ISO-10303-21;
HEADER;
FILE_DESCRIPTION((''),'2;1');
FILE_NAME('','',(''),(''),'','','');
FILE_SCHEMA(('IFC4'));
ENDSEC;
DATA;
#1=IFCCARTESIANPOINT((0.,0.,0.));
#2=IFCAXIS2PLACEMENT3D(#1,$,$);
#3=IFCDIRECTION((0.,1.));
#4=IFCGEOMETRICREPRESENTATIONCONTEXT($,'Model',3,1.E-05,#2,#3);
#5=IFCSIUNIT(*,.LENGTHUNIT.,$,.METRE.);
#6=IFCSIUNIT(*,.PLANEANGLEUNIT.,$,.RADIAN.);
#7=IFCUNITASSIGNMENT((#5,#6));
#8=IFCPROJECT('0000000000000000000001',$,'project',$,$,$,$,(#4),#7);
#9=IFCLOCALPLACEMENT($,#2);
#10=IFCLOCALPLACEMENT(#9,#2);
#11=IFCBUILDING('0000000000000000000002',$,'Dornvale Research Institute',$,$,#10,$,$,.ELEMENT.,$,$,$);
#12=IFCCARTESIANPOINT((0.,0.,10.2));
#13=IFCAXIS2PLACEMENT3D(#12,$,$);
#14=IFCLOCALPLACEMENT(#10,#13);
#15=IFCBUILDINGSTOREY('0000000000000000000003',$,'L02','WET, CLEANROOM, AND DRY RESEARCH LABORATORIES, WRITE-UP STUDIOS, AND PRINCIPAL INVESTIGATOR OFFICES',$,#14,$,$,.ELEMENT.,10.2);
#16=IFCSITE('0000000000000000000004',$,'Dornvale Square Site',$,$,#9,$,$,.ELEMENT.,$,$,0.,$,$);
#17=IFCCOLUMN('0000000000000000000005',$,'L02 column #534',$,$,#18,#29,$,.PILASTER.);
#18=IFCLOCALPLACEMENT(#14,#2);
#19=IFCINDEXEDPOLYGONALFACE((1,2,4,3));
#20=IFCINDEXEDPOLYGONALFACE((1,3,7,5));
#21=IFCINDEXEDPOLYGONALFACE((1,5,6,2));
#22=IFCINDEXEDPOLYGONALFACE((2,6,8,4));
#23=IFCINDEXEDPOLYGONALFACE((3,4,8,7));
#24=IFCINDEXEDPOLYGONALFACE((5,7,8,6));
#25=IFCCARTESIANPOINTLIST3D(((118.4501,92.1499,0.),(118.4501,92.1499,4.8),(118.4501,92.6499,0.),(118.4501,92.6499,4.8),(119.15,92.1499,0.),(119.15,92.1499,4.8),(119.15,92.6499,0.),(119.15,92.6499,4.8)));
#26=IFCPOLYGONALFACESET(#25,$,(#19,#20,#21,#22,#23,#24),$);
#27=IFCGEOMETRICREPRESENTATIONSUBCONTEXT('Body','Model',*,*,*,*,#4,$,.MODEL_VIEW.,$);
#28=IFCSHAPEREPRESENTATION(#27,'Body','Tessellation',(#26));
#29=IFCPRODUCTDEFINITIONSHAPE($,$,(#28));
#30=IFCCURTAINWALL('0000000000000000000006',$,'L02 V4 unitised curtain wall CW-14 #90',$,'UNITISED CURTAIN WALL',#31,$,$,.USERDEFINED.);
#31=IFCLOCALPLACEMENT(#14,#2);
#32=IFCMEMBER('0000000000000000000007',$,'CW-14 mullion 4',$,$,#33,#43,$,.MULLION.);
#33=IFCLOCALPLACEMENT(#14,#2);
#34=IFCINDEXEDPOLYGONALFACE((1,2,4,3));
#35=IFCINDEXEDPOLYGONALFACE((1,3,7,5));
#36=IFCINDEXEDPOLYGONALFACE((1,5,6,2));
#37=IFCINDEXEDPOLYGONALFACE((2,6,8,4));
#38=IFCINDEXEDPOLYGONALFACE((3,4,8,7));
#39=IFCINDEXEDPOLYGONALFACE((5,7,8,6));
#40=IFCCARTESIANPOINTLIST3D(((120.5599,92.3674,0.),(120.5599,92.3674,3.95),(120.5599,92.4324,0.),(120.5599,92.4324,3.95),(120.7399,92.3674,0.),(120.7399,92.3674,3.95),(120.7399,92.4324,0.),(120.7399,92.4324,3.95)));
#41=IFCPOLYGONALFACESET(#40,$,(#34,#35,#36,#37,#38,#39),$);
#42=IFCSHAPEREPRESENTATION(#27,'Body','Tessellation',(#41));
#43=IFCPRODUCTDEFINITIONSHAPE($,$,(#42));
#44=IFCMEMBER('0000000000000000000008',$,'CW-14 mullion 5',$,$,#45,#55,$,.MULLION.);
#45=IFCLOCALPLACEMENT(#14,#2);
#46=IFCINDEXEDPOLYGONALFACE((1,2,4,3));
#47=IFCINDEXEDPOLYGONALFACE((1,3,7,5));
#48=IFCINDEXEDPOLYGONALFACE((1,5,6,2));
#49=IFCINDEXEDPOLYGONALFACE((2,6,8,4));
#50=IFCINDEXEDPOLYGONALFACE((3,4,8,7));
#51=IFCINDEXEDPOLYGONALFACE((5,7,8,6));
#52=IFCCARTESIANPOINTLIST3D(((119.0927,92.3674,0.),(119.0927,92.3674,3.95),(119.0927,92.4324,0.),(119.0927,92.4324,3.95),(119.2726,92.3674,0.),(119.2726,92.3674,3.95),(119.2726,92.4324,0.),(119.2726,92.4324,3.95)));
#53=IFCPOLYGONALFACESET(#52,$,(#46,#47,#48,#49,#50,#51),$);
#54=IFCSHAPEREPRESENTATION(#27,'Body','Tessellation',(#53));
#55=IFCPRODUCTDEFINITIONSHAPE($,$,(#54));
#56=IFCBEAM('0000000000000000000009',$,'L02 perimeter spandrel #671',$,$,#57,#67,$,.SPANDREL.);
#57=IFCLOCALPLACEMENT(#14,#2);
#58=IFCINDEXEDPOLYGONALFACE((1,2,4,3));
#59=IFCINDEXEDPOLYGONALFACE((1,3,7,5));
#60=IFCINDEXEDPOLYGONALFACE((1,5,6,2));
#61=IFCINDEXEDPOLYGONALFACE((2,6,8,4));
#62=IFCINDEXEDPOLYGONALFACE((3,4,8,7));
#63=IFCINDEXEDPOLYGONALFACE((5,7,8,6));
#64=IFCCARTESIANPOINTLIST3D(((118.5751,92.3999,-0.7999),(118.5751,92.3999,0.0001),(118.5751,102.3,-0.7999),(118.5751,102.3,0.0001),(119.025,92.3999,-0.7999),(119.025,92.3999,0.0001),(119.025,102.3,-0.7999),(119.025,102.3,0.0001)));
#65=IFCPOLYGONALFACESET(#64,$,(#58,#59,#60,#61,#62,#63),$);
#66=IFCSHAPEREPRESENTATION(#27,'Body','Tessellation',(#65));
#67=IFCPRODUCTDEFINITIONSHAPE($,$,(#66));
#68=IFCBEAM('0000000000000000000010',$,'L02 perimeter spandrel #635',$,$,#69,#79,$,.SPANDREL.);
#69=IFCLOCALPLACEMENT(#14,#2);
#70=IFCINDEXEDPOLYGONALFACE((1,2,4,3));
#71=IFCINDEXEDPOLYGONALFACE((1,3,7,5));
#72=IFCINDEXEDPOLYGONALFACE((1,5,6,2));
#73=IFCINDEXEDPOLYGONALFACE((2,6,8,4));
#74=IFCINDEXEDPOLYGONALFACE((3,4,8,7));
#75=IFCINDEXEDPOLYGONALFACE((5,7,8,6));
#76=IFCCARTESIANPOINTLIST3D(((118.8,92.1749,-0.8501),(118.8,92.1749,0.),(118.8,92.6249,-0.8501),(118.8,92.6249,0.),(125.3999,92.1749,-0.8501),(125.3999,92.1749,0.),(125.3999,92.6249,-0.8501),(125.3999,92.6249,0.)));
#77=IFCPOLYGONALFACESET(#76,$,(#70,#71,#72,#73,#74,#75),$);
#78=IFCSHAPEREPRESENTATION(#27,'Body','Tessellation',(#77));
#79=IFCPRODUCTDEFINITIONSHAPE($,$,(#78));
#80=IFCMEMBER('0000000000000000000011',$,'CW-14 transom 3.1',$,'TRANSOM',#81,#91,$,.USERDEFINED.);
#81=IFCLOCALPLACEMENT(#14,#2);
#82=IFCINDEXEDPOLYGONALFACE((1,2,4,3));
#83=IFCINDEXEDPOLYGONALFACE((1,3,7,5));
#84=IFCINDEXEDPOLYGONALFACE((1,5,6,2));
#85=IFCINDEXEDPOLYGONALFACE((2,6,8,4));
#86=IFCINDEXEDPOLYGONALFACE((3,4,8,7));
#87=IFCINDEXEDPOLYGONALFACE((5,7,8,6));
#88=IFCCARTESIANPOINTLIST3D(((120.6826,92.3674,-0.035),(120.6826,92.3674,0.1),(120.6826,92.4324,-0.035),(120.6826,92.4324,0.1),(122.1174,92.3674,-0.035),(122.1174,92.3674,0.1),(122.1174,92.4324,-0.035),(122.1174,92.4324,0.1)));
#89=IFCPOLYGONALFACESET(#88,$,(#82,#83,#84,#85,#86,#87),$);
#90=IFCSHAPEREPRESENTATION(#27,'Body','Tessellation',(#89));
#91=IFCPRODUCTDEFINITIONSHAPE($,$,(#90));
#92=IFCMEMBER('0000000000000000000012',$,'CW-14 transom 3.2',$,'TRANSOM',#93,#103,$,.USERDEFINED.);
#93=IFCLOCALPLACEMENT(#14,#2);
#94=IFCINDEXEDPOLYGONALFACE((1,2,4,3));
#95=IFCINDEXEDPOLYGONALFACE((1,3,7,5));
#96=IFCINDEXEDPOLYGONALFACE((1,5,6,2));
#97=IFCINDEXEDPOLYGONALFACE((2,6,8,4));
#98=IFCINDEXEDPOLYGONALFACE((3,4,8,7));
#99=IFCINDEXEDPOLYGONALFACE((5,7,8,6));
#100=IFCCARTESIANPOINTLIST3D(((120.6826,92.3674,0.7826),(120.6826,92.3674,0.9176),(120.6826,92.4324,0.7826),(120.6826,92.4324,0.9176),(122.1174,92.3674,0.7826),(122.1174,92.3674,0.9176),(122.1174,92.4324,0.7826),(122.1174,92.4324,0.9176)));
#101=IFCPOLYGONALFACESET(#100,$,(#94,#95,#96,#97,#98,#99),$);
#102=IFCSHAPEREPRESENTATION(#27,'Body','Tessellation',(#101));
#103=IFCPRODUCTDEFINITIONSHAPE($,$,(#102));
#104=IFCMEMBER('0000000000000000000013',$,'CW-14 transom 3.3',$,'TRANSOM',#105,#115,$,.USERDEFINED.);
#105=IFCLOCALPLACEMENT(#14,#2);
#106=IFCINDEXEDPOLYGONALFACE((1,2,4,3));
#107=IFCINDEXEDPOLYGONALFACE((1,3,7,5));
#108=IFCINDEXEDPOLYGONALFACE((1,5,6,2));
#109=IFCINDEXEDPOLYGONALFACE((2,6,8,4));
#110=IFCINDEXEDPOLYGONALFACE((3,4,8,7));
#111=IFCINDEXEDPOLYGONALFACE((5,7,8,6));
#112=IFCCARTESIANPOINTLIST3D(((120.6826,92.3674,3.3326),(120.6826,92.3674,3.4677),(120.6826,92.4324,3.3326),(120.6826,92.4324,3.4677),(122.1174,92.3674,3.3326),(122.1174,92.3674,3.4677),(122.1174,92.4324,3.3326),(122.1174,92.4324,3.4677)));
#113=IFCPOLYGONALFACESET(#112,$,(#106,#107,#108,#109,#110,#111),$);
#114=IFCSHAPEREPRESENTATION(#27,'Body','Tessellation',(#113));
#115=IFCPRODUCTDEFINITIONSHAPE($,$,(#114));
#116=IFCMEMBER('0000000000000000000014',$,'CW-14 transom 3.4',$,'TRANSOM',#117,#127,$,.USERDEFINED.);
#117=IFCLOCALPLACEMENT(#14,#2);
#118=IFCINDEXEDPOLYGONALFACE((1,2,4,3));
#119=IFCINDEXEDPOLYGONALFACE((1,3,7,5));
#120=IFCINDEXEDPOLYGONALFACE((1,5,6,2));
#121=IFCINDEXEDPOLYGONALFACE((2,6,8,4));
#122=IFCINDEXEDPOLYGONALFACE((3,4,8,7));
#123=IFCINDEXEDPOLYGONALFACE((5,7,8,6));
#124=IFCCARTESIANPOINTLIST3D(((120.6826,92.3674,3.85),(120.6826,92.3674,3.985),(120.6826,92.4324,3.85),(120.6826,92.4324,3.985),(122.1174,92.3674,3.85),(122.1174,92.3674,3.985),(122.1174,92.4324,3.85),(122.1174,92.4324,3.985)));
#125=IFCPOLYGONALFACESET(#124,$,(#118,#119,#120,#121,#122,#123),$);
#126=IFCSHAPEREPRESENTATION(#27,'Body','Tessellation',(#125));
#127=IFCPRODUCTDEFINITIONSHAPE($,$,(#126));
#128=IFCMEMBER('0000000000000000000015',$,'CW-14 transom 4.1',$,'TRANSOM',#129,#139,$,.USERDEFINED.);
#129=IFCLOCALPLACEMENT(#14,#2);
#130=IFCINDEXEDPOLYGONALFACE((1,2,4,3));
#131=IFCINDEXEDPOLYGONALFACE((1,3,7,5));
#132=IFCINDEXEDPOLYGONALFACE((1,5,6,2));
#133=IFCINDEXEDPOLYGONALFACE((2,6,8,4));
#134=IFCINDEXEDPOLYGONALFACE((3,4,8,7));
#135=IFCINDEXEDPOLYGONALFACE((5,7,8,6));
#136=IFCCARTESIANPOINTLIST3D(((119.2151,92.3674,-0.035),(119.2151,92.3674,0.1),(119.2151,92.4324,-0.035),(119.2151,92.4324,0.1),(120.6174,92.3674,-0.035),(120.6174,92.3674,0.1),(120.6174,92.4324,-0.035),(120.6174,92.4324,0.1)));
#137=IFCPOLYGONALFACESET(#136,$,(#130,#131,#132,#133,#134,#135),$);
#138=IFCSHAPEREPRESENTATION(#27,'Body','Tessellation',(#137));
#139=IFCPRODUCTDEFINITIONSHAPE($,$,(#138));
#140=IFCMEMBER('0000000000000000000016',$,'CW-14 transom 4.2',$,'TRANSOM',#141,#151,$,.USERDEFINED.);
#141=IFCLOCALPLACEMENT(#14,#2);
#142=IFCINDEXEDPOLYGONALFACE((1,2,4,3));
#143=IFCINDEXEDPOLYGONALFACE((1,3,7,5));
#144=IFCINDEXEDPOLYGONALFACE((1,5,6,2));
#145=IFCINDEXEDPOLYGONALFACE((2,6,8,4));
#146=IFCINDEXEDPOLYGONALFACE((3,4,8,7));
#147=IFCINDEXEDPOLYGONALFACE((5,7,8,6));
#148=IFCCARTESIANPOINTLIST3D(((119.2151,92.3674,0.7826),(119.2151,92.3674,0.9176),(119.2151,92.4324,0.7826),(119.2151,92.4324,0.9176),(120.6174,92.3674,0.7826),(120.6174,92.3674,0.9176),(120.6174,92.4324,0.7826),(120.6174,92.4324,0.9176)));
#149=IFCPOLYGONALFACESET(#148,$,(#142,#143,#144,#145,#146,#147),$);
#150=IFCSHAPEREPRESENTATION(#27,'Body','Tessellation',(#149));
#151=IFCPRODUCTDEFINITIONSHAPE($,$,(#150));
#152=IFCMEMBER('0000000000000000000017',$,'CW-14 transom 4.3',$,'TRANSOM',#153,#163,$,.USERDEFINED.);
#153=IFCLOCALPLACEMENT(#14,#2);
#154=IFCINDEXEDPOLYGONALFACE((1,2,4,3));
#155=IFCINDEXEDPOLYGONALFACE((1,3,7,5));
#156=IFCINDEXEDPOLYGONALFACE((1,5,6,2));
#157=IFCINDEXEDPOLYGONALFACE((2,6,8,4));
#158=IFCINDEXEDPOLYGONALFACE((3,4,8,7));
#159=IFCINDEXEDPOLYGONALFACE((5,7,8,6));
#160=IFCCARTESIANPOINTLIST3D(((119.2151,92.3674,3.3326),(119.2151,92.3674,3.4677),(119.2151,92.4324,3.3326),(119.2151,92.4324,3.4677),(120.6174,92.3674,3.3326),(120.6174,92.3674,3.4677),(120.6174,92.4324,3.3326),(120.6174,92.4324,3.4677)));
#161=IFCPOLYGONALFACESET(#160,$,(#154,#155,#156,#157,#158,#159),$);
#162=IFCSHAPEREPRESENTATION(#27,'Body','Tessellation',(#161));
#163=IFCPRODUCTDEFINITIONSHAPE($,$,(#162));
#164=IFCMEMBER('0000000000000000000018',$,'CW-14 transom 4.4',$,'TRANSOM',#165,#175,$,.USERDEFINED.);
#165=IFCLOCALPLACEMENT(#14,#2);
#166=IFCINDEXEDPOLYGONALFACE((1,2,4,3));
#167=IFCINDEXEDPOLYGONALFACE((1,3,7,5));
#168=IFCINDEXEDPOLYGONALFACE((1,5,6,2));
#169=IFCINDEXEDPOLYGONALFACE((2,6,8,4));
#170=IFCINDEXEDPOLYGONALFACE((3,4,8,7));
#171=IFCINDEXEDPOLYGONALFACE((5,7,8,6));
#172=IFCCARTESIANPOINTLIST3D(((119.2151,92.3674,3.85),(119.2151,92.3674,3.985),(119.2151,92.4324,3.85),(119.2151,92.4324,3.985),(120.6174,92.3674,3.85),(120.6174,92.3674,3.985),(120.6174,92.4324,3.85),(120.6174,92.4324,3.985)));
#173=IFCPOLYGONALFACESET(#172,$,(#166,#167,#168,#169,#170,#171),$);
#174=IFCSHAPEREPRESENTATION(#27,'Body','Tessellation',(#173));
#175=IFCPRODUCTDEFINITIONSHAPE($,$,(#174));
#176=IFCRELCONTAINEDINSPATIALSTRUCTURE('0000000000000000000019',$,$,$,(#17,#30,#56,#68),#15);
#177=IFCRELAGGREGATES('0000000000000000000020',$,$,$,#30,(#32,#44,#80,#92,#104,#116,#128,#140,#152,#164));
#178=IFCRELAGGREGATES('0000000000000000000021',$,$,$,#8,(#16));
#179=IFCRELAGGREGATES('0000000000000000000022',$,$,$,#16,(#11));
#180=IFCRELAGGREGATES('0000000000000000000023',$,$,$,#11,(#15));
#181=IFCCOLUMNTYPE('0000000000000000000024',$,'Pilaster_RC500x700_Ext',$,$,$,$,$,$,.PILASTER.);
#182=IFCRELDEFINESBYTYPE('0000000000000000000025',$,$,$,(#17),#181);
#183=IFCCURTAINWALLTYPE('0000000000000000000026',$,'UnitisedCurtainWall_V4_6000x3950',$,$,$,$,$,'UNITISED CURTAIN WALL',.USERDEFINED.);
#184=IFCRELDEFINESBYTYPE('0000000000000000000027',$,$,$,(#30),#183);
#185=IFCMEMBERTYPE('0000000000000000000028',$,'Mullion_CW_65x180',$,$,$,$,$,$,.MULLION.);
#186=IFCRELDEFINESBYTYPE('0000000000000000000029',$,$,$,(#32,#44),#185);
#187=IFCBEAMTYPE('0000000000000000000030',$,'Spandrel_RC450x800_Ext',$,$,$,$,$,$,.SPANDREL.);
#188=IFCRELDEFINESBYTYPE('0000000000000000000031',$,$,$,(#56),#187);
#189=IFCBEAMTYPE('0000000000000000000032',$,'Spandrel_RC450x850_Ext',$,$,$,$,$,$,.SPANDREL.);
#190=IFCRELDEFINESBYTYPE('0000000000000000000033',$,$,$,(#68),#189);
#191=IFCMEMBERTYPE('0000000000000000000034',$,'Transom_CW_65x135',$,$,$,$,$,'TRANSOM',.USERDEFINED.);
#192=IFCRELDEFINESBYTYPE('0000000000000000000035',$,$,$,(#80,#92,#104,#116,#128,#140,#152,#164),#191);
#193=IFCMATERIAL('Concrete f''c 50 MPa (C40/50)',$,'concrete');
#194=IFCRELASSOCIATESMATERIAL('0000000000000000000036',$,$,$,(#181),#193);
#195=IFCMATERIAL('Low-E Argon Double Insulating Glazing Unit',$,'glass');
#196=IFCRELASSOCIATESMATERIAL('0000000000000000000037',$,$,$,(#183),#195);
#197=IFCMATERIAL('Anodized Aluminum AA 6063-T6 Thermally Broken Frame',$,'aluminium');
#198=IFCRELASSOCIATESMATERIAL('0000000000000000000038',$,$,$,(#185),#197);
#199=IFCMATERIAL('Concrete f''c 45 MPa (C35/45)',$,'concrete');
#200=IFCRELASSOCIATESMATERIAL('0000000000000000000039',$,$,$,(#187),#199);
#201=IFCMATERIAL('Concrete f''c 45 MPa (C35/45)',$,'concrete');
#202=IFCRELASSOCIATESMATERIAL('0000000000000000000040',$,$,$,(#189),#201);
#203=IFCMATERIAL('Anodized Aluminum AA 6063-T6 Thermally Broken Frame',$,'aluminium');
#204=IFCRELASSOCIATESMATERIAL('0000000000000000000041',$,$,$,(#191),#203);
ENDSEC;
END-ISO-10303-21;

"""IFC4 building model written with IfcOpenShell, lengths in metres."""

from ifc_helpers import new_model, si_unit, direction, frame, origin, origin_2d, place, context, subcontext, project, spatial, rectangle, extrude, material, material_profile, profile_set, type_object, element, aggregate, save


model = new_model("IFC4")

# Units and contexts
model_context = context("Model", 3, precision=1e-05, world=origin(), true_north=direction((0.0, 1.0)))
body_context = subcontext(model_context, "Body", "Model", "MODEL_VIEW")
ifc_project = project(units=[si_unit("LENGTHUNIT", "METRE"), si_unit("PLANEANGLEUNIT", "RADIAN")], contexts=[model_context])

# Site, building, storey
site_placement = place(None, origin())
site = spatial("IfcSite", under=ifc_project, at=site_placement, Name="Dornvale Square Site", CompositionType="ELEMENT", RefElevation=0.0)
building_placement = place(site_placement, origin())
building = spatial("IfcBuilding", under=site, at=building_placement, Name="Dornvale Research Institute", CompositionType="ELEMENT")
storey_placement = place(building_placement, frame((0.0, 0.0, 10.2)))
storey = spatial("IfcBuildingStorey", under=building, at=storey_placement, Name="L02", Description="WET, CLEANROOM, AND DRY RESEARCH LABORATORIES, WRITE-UP STUDIOS, AND PRINCIPAL INVESTIGATOR OFFICES", CompositionType="ELEMENT", Elevation=10.2)

# Column
ifc_material_1 = material(Name="Concrete f'c 50 MPa (C40/50)", Category="concrete")
ifc_material_profile_1 = material_profile(ifc_material_1, rectangle(XDim=0.5, YDim=0.7, at=origin_2d()), Name="RC 500x700")
ifc_profile_set_1 = profile_set([ifc_material_profile_1], Name="Concrete f'c 50 MPa (C40/50)")
column_type = type_object("IfcColumnType", Name="Pilaster_RC500x700_Ext", PredefinedType="PILASTER", material=ifc_profile_set_1)
column_placement = place(storey_placement, frame((118.8, 92.3999, 0.0), z_axis=(0.0, 0.0, 1.0), x_axis=(0.0, 1.0, 0.0)))
element("IfcColumn", 1, at=column_placement, inside=storey, type_object=column_type, Name="L02 column #534", PredefinedType="PILASTER", context=body_context, shape_type="SweptSolid", body=[
    extrude(rectangle(XDim=0.5, YDim=0.7, at=origin_2d()), origin(), (0.0, 0.0, 1.0), 4.8),
])

# Curtain wall, members
ifc_material_2 = material(Name="Low-E Argon Double Insulating Glazing Unit", Category="glass")
curtain_wall_type = type_object("IfcCurtainWallType", Name="UnitisedCurtainWall_V4_6000x3950", ElementType="UNITISED CURTAIN WALL", PredefinedType="USERDEFINED", material=ifc_material_2)
curtain_wall_placement = place(storey_placement, origin())
curtain_wall = element("IfcCurtainWall", 2, at=curtain_wall_placement, inside=storey, type_object=curtain_wall_type, Name="L02 V4 unitised curtain wall CW-14 #90", ObjectType="UNITISED CURTAIN WALL", PredefinedType="USERDEFINED")
ifc_material_3 = material(Name="Anodized Aluminum AA 6063-T6 Thermally Broken Frame", Category="aluminium")
ifc_material_profile_2 = material_profile(ifc_material_3, rectangle(XDim=0.0649, YDim=0.1799, at=origin_2d()), Name="ALU MULLION 65x180")
ifc_profile_set_2 = profile_set([ifc_material_profile_2], Name="Anodized Aluminum AA 6063-T6 Thermally Broken Frame")
member_type_1 = type_object("IfcMemberType", Name="Mullion_CW_65x180", PredefinedType="MULLION", material=ifc_profile_set_2)
member_1_placement = place(storey_placement, frame((120.6499, 92.3999, 0.0), z_axis=(0.0, 0.0, 1.0), x_axis=(0.0, -1.0, 0.0)))
member_1 = element("IfcMember", 3, at=member_1_placement, type_object=member_type_1, Name="CW-14 mullion 4", PredefinedType="MULLION", context=body_context, shape_type="SweptSolid", body=[
    extrude(rectangle(XDim=0.0649, YDim=0.1799, at=origin_2d()), origin(), (0.0, 0.0, 1.0), 3.95),
])
member_2_placement = place(storey_placement, frame((119.1826, 92.3999, 0.0), z_axis=(0.0, 0.0, 1.0), x_axis=(0.0, -1.0, 0.0)))
member_2 = element("IfcMember", 4, at=member_2_placement, type_object=member_type_1, Name="CW-14 mullion 5", PredefinedType="MULLION", context=body_context, shape_type="SweptSolid", body=[
    extrude(rectangle(XDim=0.0649, YDim=0.1799, at=origin_2d()), origin(), (0.0, 0.0, 1.0), 3.95),
])

# Beams
ifc_material_4 = material(Name="Concrete f'c 45 MPa (C35/45)", Category="concrete")
ifc_material_profile_3 = material_profile(ifc_material_4, rectangle(XDim=0.45, YDim=0.8, at=origin_2d()), Name="RC 450x800")
ifc_profile_set_3 = profile_set([ifc_material_profile_3], Name="Concrete f'c 45 MPa (C35/45)")
beam_type_1 = type_object("IfcBeamType", Name="Spandrel_RC450x800_Ext", PredefinedType="SPANDREL", material=ifc_profile_set_3)
beam_1_placement = place(storey_placement, frame((118.8, 92.3999, -0.3999), z_axis=(0.0, 1.0, 0.0), x_axis=(-1.0, 0.0, 0.0)))
element("IfcBeam", 5, at=beam_1_placement, inside=storey, type_object=beam_type_1, Name="L02 perimeter spandrel #671", PredefinedType="SPANDREL", context=body_context, shape_type="SweptSolid", body=[
    extrude(rectangle(XDim=0.45, YDim=0.8, at=origin_2d()), origin(), (0.0, 0.0, 1.0), 9.9001),
])
ifc_material_5 = material(Name="Concrete f'c 45 MPa (C35/45)", Category="concrete")
ifc_material_profile_4 = material_profile(ifc_material_5, rectangle(XDim=0.45, YDim=0.8501, at=origin_2d()), Name="RC 450x850")
ifc_profile_set_4 = profile_set([ifc_material_profile_4], Name="Concrete f'c 45 MPa (C35/45)")
beam_type_2 = type_object("IfcBeamType", Name="Spandrel_RC450x850_Ext", PredefinedType="SPANDREL", material=ifc_profile_set_4)
beam_2_placement = place(storey_placement, frame((118.8, 92.3999, -0.425), z_axis=(1.0, 0.0, 0.0), x_axis=(0.0, 1.0, 0.0)))
element("IfcBeam", 6, at=beam_2_placement, inside=storey, type_object=beam_type_2, Name="L02 perimeter spandrel #635", PredefinedType="SPANDREL", context=body_context, shape_type="SweptSolid", body=[
    extrude(rectangle(XDim=0.45, YDim=0.8501, at=origin_2d()), origin(), (0.0, 0.0, 1.0), 6.5999),
])

# Members
ifc_material_6 = material(Name="Anodized Aluminum AA 6063-T6 Thermally Broken Frame", Category="aluminium")
ifc_material_profile_5 = material_profile(ifc_material_6, rectangle(XDim=0.0649, YDim=0.135, at=origin_2d()), Name="ALU TRANSOM 65x135")
ifc_profile_set_5 = profile_set([ifc_material_profile_5], Name="Anodized Aluminum AA 6063-T6 Thermally Broken Frame")
member_type_2 = type_object("IfcMemberType", Name="Transom_CW_65x135", ElementType="TRANSOM", PredefinedType="USERDEFINED", material=ifc_profile_set_5)
member_3_placement = place(storey_placement, frame((122.1174, 92.3999, 0.0325), z_axis=(-1.0, 0.0, 0.0), x_axis=(0.0, -1.0, 0.0)))
member_3 = element("IfcMember", 7, at=member_3_placement, type_object=member_type_2, Name="CW-14 transom 3.1", ObjectType="TRANSOM", PredefinedType="USERDEFINED", context=body_context, shape_type="SweptSolid", body=[
    extrude(rectangle(XDim=0.0649, YDim=0.135, at=origin_2d()), origin(), (0.0, 0.0, 1.0), 1.4348),
])
member_4_placement = place(storey_placement, frame((122.1174, 92.3999, 0.8501), z_axis=(-1.0, 0.0, 0.0), x_axis=(0.0, -1.0, 0.0)))
member_4 = element("IfcMember", 8, at=member_4_placement, type_object=member_type_2, Name="CW-14 transom 3.2", ObjectType="TRANSOM", PredefinedType="USERDEFINED", context=body_context, shape_type="SweptSolid", body=[
    extrude(rectangle(XDim=0.0649, YDim=0.135, at=origin_2d()), origin(), (0.0, 0.0, 1.0), 1.4348),
])
member_5_placement = place(storey_placement, frame((122.1174, 92.3999, 3.4001), z_axis=(-1.0, 0.0, 0.0), x_axis=(0.0, -1.0, 0.0)))
member_5 = element("IfcMember", 9, at=member_5_placement, type_object=member_type_2, Name="CW-14 transom 3.3", ObjectType="TRANSOM", PredefinedType="USERDEFINED", context=body_context, shape_type="SweptSolid", body=[
    extrude(rectangle(XDim=0.0649, YDim=0.135, at=origin_2d()), origin(), (0.0, 0.0, 1.0), 1.4348),
])
member_6_placement = place(storey_placement, frame((122.1174, 92.3999, 3.9175), z_axis=(-1.0, 0.0, 0.0), x_axis=(0.0, -1.0, 0.0)))
member_6 = element("IfcMember", 10, at=member_6_placement, type_object=member_type_2, Name="CW-14 transom 3.4", ObjectType="TRANSOM", PredefinedType="USERDEFINED", context=body_context, shape_type="SweptSolid", body=[
    extrude(rectangle(XDim=0.0649, YDim=0.135, at=origin_2d()), origin(), (0.0, 0.0, 1.0), 1.4348),
])
member_7_placement = place(storey_placement, frame((120.6174, 92.3999, 0.0325), z_axis=(-1.0, 0.0, 0.0), x_axis=(0.0, -1.0, 0.0)))
member_7 = element("IfcMember", 11, at=member_7_placement, type_object=member_type_2, Name="CW-14 transom 4.1", ObjectType="TRANSOM", PredefinedType="USERDEFINED", context=body_context, shape_type="SweptSolid", body=[
    extrude(rectangle(XDim=0.0649, YDim=0.135, at=origin_2d()), origin(), (0.0, 0.0, 1.0), 1.4023),
])
member_8_placement = place(storey_placement, frame((120.6174, 92.3999, 0.8501), z_axis=(-1.0, 0.0, 0.0), x_axis=(0.0, -1.0, 0.0)))
member_8 = element("IfcMember", 12, at=member_8_placement, type_object=member_type_2, Name="CW-14 transom 4.2", ObjectType="TRANSOM", PredefinedType="USERDEFINED", context=body_context, shape_type="SweptSolid", body=[
    extrude(rectangle(XDim=0.0649, YDim=0.135, at=origin_2d()), origin(), (0.0, 0.0, 1.0), 1.4023),
])
member_9_placement = place(storey_placement, frame((120.6174, 92.3999, 3.4001), z_axis=(-1.0, 0.0, 0.0), x_axis=(0.0, -1.0, 0.0)))
member_9 = element("IfcMember", 13, at=member_9_placement, type_object=member_type_2, Name="CW-14 transom 4.3", ObjectType="TRANSOM", PredefinedType="USERDEFINED", context=body_context, shape_type="SweptSolid", body=[
    extrude(rectangle(XDim=0.0649, YDim=0.135, at=origin_2d()), origin(), (0.0, 0.0, 1.0), 1.4023),
])
member_10_placement = place(storey_placement, frame((120.6174, 92.3999, 3.9175), z_axis=(-1.0, 0.0, 0.0), x_axis=(0.0, -1.0, 0.0)))
member_10 = element("IfcMember", 14, at=member_10_placement, type_object=member_type_2, Name="CW-14 transom 4.4", ObjectType="TRANSOM", PredefinedType="USERDEFINED", context=body_context, shape_type="SweptSolid", body=[
    extrude(rectangle(XDim=0.0649, YDim=0.135, at=origin_2d()), origin(), (0.0, 0.0, 1.0), 1.4023),
])

aggregate(curtain_wall, [member_1, member_2, member_3, member_4, member_5, member_6, member_7, member_8, member_9, member_10])

save(model, "model.ifc")
